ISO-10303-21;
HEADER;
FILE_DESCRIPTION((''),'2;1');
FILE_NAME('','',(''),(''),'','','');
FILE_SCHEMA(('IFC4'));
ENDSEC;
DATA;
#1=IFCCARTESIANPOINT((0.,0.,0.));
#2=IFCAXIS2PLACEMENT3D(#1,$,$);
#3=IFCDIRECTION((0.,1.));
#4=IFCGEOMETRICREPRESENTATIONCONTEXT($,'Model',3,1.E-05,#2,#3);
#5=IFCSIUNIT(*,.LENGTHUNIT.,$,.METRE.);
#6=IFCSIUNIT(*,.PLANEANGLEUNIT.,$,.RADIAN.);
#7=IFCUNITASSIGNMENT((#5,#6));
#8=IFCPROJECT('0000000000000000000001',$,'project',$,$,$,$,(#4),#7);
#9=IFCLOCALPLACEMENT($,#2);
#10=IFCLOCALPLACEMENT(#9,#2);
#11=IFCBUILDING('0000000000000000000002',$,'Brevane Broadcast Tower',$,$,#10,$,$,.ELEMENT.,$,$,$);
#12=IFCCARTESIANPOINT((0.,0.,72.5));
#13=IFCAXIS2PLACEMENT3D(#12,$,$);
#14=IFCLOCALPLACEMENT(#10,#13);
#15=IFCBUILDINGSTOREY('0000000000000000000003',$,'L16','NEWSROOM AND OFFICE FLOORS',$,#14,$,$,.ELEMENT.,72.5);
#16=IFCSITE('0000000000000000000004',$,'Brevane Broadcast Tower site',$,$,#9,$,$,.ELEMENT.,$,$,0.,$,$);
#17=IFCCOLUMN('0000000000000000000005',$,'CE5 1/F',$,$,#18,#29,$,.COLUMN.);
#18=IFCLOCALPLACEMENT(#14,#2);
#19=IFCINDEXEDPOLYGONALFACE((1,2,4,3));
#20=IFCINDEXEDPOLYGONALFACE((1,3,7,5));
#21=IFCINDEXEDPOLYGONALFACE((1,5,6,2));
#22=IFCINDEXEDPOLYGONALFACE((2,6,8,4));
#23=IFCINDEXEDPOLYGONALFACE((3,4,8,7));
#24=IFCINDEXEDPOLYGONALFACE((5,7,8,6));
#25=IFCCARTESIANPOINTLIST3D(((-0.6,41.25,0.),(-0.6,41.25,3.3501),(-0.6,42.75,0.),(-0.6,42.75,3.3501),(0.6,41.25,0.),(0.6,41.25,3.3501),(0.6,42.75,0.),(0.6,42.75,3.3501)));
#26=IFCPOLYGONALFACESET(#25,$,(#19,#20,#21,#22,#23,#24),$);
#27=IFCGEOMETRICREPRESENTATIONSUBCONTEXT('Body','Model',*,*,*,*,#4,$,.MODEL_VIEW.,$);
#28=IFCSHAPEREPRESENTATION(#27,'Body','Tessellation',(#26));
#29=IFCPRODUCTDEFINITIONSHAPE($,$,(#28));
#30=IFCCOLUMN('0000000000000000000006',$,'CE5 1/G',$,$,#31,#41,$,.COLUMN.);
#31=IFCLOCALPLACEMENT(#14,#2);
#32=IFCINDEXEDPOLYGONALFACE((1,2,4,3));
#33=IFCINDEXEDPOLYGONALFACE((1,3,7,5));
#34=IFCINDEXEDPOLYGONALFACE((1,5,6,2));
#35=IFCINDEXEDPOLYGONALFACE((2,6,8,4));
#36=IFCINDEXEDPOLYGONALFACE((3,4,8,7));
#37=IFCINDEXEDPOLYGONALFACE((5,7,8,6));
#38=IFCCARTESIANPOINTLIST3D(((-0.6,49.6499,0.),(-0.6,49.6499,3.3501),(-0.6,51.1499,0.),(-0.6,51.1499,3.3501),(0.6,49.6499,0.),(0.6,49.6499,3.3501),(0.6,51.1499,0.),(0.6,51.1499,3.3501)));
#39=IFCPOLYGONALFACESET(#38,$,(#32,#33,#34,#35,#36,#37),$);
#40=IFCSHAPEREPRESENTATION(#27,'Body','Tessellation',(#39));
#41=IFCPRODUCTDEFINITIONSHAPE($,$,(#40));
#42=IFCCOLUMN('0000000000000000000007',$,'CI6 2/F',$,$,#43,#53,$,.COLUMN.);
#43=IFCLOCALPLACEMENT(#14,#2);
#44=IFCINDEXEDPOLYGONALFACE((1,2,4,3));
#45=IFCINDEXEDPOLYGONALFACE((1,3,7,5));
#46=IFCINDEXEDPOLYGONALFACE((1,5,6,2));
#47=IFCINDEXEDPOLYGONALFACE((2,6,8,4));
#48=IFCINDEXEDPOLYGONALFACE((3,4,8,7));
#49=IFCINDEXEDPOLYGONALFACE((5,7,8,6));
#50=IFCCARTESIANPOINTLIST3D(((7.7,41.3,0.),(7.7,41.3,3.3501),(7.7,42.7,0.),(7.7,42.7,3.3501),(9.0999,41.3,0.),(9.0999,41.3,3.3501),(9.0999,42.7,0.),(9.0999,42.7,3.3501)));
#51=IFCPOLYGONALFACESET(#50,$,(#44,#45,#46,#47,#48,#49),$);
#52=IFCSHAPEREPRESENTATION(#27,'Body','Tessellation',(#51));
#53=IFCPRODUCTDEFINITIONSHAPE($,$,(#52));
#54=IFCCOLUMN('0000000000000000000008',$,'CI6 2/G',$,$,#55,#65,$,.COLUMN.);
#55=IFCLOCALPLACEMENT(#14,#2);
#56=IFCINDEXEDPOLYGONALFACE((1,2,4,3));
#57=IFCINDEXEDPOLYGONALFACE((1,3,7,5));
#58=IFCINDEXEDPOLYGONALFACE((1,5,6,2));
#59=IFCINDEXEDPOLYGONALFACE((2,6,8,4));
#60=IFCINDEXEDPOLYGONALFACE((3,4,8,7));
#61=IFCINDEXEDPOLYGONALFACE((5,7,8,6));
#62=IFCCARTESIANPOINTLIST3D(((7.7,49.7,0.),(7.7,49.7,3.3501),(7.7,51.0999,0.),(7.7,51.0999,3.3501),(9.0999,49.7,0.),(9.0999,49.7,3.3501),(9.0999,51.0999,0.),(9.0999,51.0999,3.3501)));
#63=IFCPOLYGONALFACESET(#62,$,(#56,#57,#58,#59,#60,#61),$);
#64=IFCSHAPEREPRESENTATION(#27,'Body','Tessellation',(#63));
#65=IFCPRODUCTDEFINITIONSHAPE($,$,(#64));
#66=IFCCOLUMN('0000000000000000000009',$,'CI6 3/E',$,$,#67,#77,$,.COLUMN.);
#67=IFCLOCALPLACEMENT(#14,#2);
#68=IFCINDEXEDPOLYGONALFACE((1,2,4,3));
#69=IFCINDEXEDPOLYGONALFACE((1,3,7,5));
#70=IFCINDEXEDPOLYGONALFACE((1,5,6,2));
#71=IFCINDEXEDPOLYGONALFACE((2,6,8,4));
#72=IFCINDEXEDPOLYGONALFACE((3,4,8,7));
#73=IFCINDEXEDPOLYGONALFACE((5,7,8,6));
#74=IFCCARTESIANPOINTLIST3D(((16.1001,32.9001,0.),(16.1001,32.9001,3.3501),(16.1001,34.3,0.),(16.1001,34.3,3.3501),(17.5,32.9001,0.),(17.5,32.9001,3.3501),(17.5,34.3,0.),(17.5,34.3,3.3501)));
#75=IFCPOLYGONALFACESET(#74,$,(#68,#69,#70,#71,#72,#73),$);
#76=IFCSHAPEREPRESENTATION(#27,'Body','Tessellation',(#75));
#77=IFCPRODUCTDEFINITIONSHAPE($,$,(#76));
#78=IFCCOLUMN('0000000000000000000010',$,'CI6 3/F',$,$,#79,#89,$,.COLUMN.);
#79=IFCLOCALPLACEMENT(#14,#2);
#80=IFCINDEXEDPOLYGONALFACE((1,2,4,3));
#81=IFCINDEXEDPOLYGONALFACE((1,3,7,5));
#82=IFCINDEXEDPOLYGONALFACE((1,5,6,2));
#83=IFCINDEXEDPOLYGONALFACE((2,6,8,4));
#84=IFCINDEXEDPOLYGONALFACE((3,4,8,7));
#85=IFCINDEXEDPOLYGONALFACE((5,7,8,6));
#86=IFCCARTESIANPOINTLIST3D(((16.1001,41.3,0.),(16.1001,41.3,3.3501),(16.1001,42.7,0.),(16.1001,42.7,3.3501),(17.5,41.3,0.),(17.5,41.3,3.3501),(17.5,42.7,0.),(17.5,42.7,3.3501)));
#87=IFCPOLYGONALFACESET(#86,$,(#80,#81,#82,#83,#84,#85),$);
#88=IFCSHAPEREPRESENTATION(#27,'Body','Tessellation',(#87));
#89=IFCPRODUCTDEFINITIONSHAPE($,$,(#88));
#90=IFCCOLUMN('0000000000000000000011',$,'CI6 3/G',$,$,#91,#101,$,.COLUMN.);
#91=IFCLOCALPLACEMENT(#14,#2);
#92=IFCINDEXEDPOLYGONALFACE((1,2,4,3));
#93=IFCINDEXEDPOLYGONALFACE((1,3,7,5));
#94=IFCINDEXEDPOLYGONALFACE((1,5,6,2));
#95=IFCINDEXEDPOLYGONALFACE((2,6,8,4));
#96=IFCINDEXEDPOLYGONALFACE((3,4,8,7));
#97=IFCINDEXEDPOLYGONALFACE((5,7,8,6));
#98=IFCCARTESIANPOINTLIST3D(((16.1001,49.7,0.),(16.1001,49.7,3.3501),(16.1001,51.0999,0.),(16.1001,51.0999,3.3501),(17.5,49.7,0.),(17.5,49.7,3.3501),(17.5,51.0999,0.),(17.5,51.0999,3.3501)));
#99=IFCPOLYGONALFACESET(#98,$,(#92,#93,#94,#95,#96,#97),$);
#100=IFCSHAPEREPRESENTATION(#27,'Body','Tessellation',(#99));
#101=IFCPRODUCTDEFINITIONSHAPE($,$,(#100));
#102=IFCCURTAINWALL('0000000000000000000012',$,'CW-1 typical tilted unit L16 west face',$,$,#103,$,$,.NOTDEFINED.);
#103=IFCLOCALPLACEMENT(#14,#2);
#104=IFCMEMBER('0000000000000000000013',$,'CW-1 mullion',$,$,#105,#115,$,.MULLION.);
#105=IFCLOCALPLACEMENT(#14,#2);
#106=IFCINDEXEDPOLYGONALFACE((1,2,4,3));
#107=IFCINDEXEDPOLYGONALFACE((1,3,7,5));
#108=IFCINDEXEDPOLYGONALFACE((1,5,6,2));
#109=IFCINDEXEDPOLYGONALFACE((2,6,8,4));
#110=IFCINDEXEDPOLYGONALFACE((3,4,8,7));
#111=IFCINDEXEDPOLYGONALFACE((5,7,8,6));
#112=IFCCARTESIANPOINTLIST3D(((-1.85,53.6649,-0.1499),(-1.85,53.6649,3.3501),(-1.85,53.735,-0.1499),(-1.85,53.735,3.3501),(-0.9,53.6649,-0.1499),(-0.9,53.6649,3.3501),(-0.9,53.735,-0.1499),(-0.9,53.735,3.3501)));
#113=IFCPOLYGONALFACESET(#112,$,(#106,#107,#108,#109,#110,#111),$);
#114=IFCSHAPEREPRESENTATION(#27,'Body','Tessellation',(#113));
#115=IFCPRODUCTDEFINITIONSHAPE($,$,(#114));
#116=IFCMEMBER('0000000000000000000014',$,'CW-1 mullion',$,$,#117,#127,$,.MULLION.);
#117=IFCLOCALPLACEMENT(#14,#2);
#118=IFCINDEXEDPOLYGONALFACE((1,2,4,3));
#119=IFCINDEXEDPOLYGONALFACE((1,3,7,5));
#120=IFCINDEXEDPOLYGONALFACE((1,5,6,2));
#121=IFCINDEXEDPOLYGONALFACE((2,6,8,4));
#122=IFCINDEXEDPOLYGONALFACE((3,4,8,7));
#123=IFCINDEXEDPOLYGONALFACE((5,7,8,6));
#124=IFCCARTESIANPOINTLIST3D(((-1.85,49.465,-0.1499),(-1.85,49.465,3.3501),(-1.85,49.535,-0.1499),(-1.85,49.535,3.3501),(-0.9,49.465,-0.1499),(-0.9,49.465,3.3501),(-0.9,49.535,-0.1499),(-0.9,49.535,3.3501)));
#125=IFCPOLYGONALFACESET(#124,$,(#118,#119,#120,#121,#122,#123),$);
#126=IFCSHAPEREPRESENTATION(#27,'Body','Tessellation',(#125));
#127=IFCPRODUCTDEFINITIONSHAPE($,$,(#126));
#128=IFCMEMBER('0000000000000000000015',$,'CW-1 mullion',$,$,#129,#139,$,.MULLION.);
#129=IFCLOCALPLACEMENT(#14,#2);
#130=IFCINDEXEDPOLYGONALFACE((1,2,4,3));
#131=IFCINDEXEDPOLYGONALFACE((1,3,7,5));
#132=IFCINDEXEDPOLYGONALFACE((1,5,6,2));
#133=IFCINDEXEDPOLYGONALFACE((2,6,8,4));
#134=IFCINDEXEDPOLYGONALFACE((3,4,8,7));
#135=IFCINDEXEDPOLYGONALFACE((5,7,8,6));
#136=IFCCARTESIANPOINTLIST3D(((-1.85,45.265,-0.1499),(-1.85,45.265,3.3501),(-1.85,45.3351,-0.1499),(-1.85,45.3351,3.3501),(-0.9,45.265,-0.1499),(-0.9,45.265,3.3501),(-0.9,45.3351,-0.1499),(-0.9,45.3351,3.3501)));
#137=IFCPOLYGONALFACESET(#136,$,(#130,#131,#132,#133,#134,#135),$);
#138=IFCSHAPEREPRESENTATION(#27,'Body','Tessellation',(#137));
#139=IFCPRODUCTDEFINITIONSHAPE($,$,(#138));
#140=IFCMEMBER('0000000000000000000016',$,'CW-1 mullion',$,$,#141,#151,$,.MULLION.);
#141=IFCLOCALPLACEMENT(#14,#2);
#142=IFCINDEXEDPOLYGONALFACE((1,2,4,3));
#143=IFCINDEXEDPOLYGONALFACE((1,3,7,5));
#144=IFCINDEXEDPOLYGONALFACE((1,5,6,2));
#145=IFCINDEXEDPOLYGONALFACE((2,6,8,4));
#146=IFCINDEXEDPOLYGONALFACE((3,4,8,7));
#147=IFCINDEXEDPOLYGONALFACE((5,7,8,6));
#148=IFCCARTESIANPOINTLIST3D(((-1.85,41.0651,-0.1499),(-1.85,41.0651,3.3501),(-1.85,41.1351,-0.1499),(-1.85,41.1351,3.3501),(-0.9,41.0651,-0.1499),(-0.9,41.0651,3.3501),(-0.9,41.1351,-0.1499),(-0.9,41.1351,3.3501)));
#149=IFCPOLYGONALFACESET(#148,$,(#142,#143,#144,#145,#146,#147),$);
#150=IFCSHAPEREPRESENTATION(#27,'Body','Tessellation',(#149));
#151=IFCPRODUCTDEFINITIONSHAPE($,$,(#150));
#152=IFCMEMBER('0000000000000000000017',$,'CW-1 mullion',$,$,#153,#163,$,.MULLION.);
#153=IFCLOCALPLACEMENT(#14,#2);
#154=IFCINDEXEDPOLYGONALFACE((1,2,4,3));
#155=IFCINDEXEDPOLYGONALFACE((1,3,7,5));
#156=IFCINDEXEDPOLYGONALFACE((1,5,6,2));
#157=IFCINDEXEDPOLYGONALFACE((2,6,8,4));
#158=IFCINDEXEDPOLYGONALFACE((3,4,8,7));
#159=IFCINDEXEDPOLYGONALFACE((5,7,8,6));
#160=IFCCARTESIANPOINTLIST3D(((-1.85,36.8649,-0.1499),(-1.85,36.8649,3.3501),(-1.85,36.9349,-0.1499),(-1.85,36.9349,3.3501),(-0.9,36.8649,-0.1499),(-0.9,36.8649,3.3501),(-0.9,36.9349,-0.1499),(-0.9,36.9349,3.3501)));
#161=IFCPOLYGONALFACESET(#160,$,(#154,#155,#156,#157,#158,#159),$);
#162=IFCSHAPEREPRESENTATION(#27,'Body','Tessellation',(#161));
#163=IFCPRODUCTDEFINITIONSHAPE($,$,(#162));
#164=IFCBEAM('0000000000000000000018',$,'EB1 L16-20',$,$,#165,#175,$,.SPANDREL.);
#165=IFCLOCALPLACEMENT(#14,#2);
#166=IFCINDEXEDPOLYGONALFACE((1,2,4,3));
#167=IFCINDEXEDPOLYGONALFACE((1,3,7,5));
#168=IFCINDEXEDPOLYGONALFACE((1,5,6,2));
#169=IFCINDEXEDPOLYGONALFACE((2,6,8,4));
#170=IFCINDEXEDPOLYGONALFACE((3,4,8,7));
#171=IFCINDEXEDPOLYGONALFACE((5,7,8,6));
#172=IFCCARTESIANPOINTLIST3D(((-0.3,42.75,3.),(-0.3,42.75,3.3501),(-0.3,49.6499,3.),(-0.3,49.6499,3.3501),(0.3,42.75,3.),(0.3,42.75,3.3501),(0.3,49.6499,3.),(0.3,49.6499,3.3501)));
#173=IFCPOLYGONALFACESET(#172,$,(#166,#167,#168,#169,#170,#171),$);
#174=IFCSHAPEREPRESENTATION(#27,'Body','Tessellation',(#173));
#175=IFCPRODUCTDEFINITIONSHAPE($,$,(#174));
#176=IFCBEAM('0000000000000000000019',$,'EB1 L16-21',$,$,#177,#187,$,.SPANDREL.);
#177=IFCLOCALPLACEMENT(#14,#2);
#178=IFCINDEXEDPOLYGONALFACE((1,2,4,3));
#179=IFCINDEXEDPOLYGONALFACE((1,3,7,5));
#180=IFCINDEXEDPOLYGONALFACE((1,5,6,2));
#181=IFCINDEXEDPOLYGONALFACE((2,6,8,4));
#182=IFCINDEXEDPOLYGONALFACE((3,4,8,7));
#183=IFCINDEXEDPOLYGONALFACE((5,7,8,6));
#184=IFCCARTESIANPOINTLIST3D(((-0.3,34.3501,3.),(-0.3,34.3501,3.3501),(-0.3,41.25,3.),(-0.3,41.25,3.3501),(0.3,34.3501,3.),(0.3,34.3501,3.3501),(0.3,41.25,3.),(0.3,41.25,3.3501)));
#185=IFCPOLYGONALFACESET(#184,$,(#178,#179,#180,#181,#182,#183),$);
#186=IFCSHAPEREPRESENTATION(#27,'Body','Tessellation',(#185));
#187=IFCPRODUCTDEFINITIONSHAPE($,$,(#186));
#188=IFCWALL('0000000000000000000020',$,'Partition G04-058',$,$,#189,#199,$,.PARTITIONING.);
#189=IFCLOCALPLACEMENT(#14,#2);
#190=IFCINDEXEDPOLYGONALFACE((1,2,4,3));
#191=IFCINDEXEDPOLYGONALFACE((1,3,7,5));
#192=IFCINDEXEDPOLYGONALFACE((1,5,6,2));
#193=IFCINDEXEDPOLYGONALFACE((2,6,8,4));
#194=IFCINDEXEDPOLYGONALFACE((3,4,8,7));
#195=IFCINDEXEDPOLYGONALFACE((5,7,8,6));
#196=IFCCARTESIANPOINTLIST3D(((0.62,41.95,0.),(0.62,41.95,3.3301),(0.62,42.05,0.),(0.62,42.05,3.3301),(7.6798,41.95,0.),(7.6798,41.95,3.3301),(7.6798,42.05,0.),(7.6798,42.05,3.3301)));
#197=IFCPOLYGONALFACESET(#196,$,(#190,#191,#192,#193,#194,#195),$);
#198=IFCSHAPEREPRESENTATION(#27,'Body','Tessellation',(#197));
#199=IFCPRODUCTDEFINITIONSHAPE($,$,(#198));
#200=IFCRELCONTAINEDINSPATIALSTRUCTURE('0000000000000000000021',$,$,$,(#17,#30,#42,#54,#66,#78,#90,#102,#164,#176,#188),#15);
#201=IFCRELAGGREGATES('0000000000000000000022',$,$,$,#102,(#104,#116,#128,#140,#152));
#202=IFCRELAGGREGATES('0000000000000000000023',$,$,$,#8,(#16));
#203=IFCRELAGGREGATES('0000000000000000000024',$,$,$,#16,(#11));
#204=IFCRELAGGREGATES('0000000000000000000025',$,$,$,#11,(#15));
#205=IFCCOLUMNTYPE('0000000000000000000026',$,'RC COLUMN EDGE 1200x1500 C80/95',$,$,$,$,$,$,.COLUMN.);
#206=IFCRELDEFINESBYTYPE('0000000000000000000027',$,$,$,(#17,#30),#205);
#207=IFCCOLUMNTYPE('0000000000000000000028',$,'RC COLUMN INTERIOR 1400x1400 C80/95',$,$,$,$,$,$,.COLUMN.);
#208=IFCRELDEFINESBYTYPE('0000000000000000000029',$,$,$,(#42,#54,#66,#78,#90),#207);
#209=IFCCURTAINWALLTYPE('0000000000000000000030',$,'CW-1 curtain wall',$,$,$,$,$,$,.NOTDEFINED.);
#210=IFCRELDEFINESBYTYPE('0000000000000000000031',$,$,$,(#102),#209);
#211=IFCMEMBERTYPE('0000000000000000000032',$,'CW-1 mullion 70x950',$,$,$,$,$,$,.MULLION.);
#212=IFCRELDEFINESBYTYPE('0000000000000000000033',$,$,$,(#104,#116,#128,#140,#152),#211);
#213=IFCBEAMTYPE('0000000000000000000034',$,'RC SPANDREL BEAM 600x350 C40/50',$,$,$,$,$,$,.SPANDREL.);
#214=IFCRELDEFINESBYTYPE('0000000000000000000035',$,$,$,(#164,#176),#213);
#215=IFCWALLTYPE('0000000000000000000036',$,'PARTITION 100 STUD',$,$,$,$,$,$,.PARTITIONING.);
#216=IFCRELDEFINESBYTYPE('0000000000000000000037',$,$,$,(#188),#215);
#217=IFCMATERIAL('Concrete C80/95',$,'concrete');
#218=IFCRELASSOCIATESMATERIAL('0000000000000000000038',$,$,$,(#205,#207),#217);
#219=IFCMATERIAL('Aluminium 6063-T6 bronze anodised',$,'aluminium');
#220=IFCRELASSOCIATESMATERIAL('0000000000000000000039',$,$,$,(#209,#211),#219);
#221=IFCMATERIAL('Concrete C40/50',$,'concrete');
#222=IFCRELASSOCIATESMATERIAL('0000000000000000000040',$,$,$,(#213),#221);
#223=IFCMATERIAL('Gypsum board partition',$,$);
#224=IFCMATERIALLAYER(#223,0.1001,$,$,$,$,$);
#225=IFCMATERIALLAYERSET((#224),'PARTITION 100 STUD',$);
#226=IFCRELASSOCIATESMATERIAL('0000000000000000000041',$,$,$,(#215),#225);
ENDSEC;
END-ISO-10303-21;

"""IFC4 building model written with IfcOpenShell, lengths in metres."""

from ifc_helpers import new_model, si_unit, direction, frame, frame_2d, origin, origin_2d, place, context, subcontext, project, spatial, rectangle, extrude, material, layer, layer_set, material_profile, profile_set, type_object, element, aggregate, save


model = new_model("IFC4")

# Units and contexts
model_context = context("Model", 3, precision=1e-05, world=origin(), true_north=direction((0.0, 1.0)))
body_context = subcontext(model_context, "Body", "Model", "MODEL_VIEW")
ifc_project = project(units=[si_unit("LENGTHUNIT", "METRE"), si_unit("PLANEANGLEUNIT", "RADIAN")], contexts=[model_context])

# Site, building, storey
site_placement = place(None, origin())
site = spatial("IfcSite", under=ifc_project, at=site_placement, Name="Brevane Broadcast Tower site", CompositionType="ELEMENT", RefElevation=0.0)
building_placement = place(site_placement, origin())
building = spatial("IfcBuilding", under=site, at=building_placement, Name="Brevane Broadcast Tower", CompositionType="ELEMENT")
storey_placement = place(building_placement, frame((0.0, 0.0, 72.5)))
storey = spatial("IfcBuildingStorey", under=building, at=storey_placement, Name="L16", Description="NEWSROOM AND OFFICE FLOORS", CompositionType="ELEMENT", Elevation=72.5)

# Columns
ifc_material_1 = material(Name="Concrete C80/95", Category="concrete")
ifc_material_profile_1 = material_profile(ifc_material_1, rectangle(XDim=1.2, YDim=1.5, at=origin_2d()), Name="RC 1200x1500")
ifc_profile_set_1 = profile_set([ifc_material_profile_1], Name="Concrete C80/95")
column_type_1 = type_object("IfcColumnType", Name="RC COLUMN EDGE 1200x1500 C80/95", PredefinedType="COLUMN", material=ifc_profile_set_1)
for number, where, z_axis, x_axis, name in (
    (1, (0.0, 42.0, 0.0), (0.0, 0.0, 1.0), (1.0, 0.0, 0.0), "CE5 1/F"),
    (2, (0.0, 50.3999, 0.0), (0.0, 0.0, 1.0), (1.0, 0.0, 0.0), "CE5 1/G"),
):
    element("IfcColumn", number, at=place(storey_placement, frame(where, z_axis=z_axis, x_axis=x_axis)), inside=storey, type_object=column_type_1, Name=name, PredefinedType="COLUMN", context=body_context, shape_type="SweptSolid", body=[
        extrude(rectangle(XDim=1.2, YDim=1.5, at=origin_2d()), origin(), (0.0, 0.0, 1.0), 3.3501),
    ])
ifc_material_profile_2 = material_profile(ifc_material_1, rectangle(XDim=1.3999, YDim=1.3999, at=origin_2d()), Name="RC 1400x1400")
ifc_profile_set_2 = profile_set([ifc_material_profile_2], Name="Concrete C80/95")
column_type_2 = type_object("IfcColumnType", Name="RC COLUMN INTERIOR 1400x1400 C80/95", PredefinedType="COLUMN", material=ifc_profile_set_2)
for number, where, z_axis, x_axis, name in (
    (3, (8.3999, 42.0, 0.0), (0.0, 0.0, 1.0), (1.0, 0.0, 0.0), "CI6 2/F"),
    (4, (8.3999, 50.3999, 0.0), (0.0, 0.0, 1.0), (1.0, 0.0, 0.0), "CI6 2/G"),
    (5, (16.8, 33.6001, 0.0), (0.0, 0.0, 1.0), (1.0, 0.0, 0.0), "CI6 3/E"),
    (6, (16.8, 42.0, 0.0), (0.0, 0.0, 1.0), (1.0, 0.0, 0.0), "CI6 3/F"),
    (7, (16.8, 50.3999, 0.0), (0.0, 0.0, 1.0), (1.0, 0.0, 0.0), "CI6 3/G"),
):
    element("IfcColumn", number, at=place(storey_placement, frame(where, z_axis=z_axis, x_axis=x_axis)), inside=storey, type_object=column_type_2, Name=name, PredefinedType="COLUMN", context=body_context, shape_type="SweptSolid", body=[
        extrude(rectangle(XDim=1.3999, YDim=1.3999, at=origin_2d()), origin(), (0.0, 0.0, 1.0), 3.3501),
    ])

# Curtain wall, members
ifc_material_2 = material(Name="Aluminium 6063-T6 bronze anodised", Category="aluminium")
curtain_wall_type = type_object("IfcCurtainWallType", Name="CW-1 curtain wall", PredefinedType="NOTDEFINED", material=ifc_material_2)
curtain_wall_placement = place(storey_placement, origin())
curtain_wall = element("IfcCurtainWall", 8, at=curtain_wall_placement, inside=storey, type_object=curtain_wall_type, Name="CW-1 typical tilted unit L16 west face", PredefinedType="NOTDEFINED")
ifc_material_profile_3 = material_profile(ifc_material_2, rectangle(XDim=0.95, YDim=0.0701, at=origin_2d()), Name="RECT 70x950")
ifc_profile_set_3 = profile_set([ifc_material_profile_3], Name="Aluminium 6063-T6 bronze anodised")
member_type = type_object("IfcMemberType", Name="CW-1 mullion 70x950", PredefinedType="MULLION", material=ifc_profile_set_3)
member_1_placement = place(storey_placement, frame((-1.375, 53.7, -0.1499), z_axis=(0.0, 0.0, 1.0), x_axis=(1.0, 0.0, 0.0)))
member_1 = element("IfcMember", 9, at=member_1_placement, type_object=member_type, Name="CW-1 mullion", PredefinedType="MULLION", context=body_context, shape_type="SweptSolid", body=[
    extrude(rectangle(XDim=0.95, YDim=0.0701, at=origin_2d()), origin(), (0.0, 0.0, 1.0), 3.5),
])
member_2_placement = place(storey_placement, frame((-1.375, 49.5, -0.1499), z_axis=(0.0, 0.0, 1.0), x_axis=(1.0, 0.0, 0.0)))
member_2 = element("IfcMember", 10, at=member_2_placement, type_object=member_type, Name="CW-1 mullion", PredefinedType="MULLION", context=body_context, shape_type="SweptSolid", body=[
    extrude(rectangle(XDim=0.95, YDim=0.0701, at=origin_2d()), origin(), (0.0, 0.0, 1.0), 3.5),
])
member_3_placement = place(storey_placement, frame((-1.375, 45.3, -0.1499), z_axis=(0.0, 0.0, 1.0), x_axis=(1.0, 0.0, 0.0)))
member_3 = element("IfcMember", 11, at=member_3_placement, type_object=member_type, Name="CW-1 mullion", PredefinedType="MULLION", context=body_context, shape_type="SweptSolid", body=[
    extrude(rectangle(XDim=0.95, YDim=0.0701, at=origin_2d()), origin(), (0.0, 0.0, 1.0), 3.5),
])
member_4_placement = place(storey_placement, frame((-1.375, 41.1001, -0.1499), z_axis=(0.0, 0.0, 1.0), x_axis=(1.0, 0.0, 0.0)))
member_4 = element("IfcMember", 12, at=member_4_placement, type_object=member_type, Name="CW-1 mullion", PredefinedType="MULLION", context=body_context, shape_type="SweptSolid", body=[
    extrude(rectangle(XDim=0.95, YDim=0.0701, at=origin_2d()), origin(), (0.0, 0.0, 1.0), 3.5),
])
member_5_placement = place(storey_placement, frame((-1.375, 36.8999, -0.1499), z_axis=(0.0, 0.0, 1.0), x_axis=(1.0, 0.0, 0.0)))
member_5 = element("IfcMember", 13, at=member_5_placement, type_object=member_type, Name="CW-1 mullion", PredefinedType="MULLION", context=body_context, shape_type="SweptSolid", body=[
    extrude(rectangle(XDim=0.95, YDim=0.0701, at=origin_2d()), origin(), (0.0, 0.0, 1.0), 3.5),
])
aggregate(curtain_wall, [member_1, member_2, member_3, member_4, member_5])

# Beams
ifc_material_3 = material(Name="Concrete C40/50", Category="concrete")
ifc_material_profile_4 = material_profile(ifc_material_3, rectangle(XDim=0.6001, YDim=0.3501, at=origin_2d()), Name="RC 600x350")
ifc_profile_set_4 = profile_set([ifc_material_profile_4], Name="Concrete C40/50")
beam_type = type_object("IfcBeamType", Name="RC SPANDREL BEAM 600x350 C40/50", PredefinedType="SPANDREL", material=ifc_profile_set_4)
for number, where, z_axis, x_axis, name in (
    (14, (0.0, 49.6499, 3.175), (0.0, -1.0, 0.0), (1.0, 0.0, 0.0), "EB1 L16-20"),
    (15, (0.0, 41.25, 3.175), (0.0, -1.0, 0.0), (1.0, 0.0, 0.0), "EB1 L16-21"),
):
    element("IfcBeam", number, at=place(storey_placement, frame(where, z_axis=z_axis, x_axis=x_axis)), inside=storey, type_object=beam_type, Name=name, PredefinedType="SPANDREL", context=body_context, shape_type="SweptSolid", body=[
        extrude(rectangle(XDim=0.6001, YDim=0.3501, at=origin_2d()), origin(), (0.0, 0.0, 1.0), 6.8999),
    ])

# Wall
ifc_material_4 = material(Name="Gypsum board partition")
ifc_layer_1 = layer(ifc_material_4, 0.1001)
ifc_layer_set_1 = layer_set([ifc_layer_1], Name="PARTITION 100 STUD")
wall_type_1 = type_object("IfcWallType", Name="PARTITION 100 STUD", PredefinedType="PARTITIONING", material=ifc_layer_set_1)
wall_1_placement = place(storey_placement, frame((0.6201, 42.0, 0.0), z_axis=(0.0, 0.0, 1.0), x_axis=(1.0, 0.0, 0.0)))
element("IfcWall", 16, at=wall_1_placement, inside=storey, type_object=wall_type_1, Name="Partition G04-058", PredefinedType="PARTITIONING", context=body_context, shape_type="SweptSolid", body=[
    extrude(rectangle(XDim=7.0598, YDim=0.1001, at=frame_2d((3.5298, 0.0))), origin(), (0.0, 0.0, 1.0), 3.3301),
])

save(model, "model.ifc")
